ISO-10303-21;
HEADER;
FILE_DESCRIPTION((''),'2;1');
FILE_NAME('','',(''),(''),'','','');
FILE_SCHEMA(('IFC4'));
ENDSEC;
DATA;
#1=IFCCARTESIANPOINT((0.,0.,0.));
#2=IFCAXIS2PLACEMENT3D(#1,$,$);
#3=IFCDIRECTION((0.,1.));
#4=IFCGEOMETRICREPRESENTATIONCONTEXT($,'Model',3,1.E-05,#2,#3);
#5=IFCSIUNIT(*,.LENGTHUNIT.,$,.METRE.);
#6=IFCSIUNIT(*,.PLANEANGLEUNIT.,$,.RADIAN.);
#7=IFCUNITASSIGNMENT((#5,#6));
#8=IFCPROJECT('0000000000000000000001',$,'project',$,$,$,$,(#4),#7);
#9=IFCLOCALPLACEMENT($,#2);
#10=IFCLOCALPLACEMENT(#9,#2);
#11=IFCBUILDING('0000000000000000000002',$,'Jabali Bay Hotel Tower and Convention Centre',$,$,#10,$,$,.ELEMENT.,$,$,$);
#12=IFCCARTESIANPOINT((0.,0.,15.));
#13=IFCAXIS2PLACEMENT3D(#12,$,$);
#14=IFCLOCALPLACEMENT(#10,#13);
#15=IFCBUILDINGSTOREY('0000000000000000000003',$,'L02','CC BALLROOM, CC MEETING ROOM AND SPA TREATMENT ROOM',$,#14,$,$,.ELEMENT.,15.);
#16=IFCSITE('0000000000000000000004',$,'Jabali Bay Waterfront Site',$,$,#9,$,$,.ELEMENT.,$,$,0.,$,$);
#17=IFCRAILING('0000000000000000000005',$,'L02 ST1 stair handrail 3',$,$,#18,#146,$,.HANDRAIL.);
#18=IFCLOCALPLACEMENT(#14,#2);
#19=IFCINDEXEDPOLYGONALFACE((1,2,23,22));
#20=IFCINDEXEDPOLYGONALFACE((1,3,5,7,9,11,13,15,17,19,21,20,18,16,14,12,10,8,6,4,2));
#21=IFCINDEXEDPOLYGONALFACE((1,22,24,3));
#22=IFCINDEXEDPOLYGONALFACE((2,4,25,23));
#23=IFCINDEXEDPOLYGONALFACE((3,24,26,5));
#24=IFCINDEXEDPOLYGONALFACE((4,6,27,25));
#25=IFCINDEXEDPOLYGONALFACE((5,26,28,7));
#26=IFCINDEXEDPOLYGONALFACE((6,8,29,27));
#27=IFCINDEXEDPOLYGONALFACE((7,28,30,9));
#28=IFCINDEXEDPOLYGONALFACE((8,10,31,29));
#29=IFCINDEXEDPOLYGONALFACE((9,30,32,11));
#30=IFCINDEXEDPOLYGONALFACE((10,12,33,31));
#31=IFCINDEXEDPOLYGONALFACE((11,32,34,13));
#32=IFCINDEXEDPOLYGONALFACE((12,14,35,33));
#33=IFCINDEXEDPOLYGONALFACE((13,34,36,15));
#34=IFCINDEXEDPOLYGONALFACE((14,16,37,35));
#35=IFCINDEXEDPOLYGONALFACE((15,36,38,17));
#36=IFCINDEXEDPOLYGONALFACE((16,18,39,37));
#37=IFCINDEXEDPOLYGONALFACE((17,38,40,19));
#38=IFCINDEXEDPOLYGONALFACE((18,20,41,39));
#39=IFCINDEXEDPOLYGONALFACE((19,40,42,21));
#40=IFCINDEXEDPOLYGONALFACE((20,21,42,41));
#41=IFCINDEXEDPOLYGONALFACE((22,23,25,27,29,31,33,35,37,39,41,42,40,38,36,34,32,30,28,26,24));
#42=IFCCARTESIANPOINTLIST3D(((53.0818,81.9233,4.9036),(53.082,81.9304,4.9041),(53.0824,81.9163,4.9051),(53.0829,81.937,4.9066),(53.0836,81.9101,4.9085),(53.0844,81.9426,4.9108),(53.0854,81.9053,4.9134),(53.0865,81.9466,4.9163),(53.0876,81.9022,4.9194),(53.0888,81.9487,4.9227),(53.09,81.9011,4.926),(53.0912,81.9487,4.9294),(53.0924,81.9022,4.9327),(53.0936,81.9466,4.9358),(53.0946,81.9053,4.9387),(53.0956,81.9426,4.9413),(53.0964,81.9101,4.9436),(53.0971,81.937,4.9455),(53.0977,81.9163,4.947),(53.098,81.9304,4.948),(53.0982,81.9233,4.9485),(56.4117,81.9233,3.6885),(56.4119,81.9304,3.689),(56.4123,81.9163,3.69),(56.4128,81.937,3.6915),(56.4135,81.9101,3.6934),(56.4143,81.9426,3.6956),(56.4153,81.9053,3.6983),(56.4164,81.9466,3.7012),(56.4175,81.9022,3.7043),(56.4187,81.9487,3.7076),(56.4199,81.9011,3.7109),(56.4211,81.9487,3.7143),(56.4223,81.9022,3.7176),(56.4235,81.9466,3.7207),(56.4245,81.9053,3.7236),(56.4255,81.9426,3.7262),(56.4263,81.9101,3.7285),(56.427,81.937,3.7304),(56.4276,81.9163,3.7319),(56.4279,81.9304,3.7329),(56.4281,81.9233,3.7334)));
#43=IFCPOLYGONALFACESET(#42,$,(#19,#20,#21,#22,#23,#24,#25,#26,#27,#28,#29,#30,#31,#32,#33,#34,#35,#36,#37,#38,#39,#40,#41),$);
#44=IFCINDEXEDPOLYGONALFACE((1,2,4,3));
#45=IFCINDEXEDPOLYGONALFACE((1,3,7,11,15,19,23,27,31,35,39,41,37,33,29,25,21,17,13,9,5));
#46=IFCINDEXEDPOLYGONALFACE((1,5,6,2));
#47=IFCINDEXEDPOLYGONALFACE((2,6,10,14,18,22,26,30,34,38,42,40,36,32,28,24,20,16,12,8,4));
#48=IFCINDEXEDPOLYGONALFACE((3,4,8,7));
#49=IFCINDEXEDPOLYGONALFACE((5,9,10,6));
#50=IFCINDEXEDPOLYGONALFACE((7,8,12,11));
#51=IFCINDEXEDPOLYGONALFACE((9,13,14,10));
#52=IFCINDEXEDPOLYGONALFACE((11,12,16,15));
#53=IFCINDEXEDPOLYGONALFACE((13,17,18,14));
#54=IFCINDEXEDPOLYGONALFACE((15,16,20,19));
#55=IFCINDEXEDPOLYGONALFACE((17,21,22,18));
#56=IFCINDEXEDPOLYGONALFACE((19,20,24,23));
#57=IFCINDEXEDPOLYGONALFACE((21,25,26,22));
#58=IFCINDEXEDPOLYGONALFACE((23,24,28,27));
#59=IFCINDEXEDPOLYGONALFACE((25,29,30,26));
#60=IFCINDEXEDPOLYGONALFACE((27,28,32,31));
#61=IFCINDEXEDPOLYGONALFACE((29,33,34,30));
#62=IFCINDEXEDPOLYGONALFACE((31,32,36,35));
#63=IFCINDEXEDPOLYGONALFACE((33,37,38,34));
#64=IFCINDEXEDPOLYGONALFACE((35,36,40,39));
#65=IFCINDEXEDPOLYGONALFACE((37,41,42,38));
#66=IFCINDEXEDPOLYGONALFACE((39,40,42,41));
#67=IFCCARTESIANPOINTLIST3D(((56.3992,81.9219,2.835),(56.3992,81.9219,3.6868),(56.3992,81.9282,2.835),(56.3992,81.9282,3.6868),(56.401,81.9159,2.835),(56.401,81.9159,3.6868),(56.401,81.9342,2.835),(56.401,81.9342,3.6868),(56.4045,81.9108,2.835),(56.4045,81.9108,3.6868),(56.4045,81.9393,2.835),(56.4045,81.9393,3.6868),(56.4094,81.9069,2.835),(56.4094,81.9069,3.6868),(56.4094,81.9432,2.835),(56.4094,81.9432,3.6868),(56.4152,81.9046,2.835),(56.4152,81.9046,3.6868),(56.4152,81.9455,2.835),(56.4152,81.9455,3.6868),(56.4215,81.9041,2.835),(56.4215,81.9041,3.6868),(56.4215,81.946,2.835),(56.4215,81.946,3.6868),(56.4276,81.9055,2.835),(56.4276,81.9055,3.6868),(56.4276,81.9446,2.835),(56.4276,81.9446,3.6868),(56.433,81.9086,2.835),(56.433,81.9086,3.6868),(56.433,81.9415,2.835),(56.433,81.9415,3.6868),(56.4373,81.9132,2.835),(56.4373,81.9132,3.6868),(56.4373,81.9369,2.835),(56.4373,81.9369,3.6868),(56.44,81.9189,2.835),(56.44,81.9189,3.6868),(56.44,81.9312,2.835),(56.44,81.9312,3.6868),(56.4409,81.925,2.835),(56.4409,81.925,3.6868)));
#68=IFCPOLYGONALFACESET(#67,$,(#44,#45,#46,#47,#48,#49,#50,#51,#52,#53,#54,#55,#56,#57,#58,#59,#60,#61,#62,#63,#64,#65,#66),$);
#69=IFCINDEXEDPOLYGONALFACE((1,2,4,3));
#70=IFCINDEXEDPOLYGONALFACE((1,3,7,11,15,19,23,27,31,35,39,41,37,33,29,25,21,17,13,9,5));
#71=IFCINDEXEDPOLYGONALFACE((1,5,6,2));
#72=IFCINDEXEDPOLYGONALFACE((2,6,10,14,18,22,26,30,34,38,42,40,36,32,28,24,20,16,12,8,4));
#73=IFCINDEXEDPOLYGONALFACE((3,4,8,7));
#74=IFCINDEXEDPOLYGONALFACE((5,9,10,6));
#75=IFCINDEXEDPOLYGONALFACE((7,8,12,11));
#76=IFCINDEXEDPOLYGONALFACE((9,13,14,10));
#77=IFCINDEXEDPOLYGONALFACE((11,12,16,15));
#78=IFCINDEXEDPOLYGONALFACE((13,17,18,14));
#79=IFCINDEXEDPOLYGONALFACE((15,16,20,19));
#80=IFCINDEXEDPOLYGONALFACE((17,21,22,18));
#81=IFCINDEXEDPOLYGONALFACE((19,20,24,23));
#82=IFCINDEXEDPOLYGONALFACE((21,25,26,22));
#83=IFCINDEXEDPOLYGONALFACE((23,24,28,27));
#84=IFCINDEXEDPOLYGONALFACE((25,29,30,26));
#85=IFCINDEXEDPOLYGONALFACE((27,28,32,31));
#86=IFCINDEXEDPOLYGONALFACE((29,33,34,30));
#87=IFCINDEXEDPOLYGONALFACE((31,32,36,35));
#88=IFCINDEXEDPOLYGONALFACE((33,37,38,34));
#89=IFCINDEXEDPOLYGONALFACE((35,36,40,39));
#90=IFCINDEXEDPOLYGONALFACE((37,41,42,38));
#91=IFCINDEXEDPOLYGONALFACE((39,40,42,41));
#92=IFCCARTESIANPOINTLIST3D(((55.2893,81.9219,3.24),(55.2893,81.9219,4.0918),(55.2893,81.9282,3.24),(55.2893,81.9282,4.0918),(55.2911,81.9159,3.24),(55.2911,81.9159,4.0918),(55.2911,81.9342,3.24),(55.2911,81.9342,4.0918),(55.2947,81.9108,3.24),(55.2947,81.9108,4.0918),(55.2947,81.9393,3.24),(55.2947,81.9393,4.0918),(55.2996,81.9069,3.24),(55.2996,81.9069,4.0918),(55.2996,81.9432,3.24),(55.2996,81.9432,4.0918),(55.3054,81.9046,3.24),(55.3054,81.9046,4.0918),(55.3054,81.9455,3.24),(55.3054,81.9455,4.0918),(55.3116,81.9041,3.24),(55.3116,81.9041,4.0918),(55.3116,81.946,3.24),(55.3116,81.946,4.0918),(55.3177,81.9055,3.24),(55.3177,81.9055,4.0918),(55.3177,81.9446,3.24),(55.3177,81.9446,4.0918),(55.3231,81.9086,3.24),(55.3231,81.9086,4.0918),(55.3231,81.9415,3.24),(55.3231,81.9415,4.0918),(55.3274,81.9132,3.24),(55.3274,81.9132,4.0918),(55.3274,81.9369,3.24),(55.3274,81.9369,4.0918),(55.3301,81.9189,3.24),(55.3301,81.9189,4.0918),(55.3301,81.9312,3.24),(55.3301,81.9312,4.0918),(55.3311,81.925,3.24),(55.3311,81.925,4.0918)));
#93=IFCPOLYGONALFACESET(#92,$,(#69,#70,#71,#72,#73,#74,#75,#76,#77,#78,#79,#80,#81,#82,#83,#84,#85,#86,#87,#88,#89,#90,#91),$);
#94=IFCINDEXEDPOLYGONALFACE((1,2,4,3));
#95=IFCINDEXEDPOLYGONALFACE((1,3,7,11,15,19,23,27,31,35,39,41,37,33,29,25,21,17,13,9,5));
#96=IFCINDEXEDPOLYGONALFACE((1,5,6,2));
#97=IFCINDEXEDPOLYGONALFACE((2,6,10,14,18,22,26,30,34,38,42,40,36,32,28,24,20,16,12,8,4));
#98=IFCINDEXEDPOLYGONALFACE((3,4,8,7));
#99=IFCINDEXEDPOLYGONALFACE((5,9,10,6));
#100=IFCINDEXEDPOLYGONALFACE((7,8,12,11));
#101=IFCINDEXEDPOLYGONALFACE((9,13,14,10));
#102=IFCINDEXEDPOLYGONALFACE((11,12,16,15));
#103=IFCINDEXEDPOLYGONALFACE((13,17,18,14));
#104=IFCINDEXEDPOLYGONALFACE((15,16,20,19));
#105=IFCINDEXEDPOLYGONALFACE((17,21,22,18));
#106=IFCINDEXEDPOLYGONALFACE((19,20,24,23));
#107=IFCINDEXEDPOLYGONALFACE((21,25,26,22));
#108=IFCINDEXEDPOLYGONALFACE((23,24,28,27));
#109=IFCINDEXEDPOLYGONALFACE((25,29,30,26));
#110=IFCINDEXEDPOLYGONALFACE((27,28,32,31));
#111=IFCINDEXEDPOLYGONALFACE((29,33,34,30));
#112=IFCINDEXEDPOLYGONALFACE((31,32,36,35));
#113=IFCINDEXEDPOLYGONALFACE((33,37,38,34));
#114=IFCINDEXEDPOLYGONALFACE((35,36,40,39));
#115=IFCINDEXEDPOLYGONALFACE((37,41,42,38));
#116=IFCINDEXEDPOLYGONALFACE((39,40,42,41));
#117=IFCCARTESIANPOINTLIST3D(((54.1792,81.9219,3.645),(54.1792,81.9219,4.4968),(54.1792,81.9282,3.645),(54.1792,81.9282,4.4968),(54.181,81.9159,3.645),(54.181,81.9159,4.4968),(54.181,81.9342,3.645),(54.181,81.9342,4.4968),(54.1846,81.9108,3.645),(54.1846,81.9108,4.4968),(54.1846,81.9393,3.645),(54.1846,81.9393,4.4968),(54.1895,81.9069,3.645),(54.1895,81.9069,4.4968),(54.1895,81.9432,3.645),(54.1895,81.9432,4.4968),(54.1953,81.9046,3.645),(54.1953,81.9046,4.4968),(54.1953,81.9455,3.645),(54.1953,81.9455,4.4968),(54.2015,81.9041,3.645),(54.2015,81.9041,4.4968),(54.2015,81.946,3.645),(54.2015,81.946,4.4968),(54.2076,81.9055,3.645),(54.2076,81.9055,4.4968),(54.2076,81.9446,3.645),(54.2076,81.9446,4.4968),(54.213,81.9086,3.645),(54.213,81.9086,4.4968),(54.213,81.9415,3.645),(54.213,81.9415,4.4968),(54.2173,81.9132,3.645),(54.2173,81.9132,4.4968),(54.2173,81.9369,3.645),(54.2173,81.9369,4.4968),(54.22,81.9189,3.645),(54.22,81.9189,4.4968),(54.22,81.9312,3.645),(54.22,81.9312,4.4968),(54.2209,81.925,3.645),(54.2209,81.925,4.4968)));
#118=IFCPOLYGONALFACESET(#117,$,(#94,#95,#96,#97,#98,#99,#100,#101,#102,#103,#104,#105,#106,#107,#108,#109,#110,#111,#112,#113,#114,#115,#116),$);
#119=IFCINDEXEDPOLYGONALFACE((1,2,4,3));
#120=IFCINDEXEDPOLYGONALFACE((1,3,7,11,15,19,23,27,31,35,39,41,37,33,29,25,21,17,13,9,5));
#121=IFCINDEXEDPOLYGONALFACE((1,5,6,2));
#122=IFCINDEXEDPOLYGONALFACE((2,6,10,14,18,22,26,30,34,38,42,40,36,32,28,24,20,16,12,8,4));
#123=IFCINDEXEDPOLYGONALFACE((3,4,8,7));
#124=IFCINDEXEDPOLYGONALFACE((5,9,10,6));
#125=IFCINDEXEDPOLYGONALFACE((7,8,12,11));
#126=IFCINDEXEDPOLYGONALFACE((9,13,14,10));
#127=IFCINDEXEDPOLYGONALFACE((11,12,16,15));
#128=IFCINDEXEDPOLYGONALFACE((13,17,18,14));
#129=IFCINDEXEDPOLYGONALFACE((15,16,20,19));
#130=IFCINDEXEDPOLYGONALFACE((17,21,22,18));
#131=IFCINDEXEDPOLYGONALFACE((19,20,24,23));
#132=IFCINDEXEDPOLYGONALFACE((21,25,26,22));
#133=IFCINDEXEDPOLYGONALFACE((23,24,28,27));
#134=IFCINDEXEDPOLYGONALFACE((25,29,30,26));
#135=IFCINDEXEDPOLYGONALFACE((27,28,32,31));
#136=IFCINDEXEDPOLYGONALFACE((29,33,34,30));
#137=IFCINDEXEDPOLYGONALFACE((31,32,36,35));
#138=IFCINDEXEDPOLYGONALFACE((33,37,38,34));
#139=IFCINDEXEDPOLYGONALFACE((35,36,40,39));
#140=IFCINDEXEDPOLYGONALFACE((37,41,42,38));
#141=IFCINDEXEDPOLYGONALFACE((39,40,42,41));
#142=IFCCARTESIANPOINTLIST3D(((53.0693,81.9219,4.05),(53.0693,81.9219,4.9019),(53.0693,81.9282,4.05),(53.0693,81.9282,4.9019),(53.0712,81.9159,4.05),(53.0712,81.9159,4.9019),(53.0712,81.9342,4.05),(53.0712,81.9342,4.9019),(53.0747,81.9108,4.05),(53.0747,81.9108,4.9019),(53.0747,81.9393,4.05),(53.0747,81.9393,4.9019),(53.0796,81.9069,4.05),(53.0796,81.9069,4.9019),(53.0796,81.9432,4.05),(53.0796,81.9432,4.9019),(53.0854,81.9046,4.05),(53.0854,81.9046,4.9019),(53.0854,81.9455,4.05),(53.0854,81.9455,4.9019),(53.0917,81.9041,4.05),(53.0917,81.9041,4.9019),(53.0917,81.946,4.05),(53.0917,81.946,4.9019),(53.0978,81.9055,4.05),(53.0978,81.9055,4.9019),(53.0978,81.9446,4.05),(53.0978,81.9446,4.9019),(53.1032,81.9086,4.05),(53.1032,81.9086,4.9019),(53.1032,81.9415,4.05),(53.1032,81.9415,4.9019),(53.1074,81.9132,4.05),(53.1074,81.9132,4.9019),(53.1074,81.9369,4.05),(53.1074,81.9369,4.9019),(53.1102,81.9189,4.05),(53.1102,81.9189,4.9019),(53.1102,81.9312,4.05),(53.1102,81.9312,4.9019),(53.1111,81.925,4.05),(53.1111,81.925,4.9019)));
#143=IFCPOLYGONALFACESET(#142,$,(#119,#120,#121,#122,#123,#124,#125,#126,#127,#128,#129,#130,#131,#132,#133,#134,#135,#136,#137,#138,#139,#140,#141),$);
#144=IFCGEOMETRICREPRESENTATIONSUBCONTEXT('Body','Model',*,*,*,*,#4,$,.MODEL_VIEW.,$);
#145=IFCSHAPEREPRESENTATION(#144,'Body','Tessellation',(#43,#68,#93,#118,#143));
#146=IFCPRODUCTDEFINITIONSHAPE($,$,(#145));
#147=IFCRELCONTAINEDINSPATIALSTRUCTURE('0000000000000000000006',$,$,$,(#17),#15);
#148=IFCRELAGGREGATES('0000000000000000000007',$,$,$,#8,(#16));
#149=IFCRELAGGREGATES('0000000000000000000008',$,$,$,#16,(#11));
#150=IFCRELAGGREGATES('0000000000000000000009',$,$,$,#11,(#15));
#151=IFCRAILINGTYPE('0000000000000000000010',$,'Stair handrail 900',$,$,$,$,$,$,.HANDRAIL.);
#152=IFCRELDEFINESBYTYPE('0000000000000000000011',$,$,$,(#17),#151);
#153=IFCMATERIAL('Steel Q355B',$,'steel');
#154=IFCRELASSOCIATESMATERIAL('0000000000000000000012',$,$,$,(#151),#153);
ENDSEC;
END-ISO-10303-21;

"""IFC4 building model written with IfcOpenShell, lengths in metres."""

from ifc_helpers import new_model, si_unit, direction, frame, origin, origin_2d, place, context, subcontext, project, spatial, circle, extrude, material, type_object, element, save


model = new_model("IFC4")

# Units and contexts
model_context = context("Model", 3, precision=1e-05, world=origin(), true_north=direction((0.0, 1.0)))
body_context = subcontext(model_context, "Body", "Model", "MODEL_VIEW")
ifc_project = project(units=[si_unit("LENGTHUNIT", "METRE"), si_unit("PLANEANGLEUNIT", "RADIAN")], contexts=[model_context])

# Site, building, storey
site_placement = place(None, origin())
site = spatial("IfcSite", under=ifc_project, at=site_placement, Name="Jabali Bay Waterfront Site", CompositionType="ELEMENT", RefElevation=0.0)
building_placement = place(site_placement, origin())
building = spatial("IfcBuilding", under=site, at=building_placement, Name="Jabali Bay Hotel Tower and Convention Centre", CompositionType="ELEMENT")
storey_placement = place(building_placement, frame((0.0, 0.0, 15.0)))
storey = spatial("IfcBuildingStorey", under=building, at=storey_placement, Name="L02", Description="CC BALLROOM, CC MEETING ROOM AND SPA TREATMENT ROOM", CompositionType="ELEMENT", Elevation=15.0)

# Railing
ifc_material_1 = material(Name="Steel Q355B", Category="steel")
railing_type_1 = type_object("IfcRailingType", Name="Stair handrail 900", PredefinedType="HANDRAIL", material=ifc_material_1)
railing_1_placement = place(storey_placement, frame((56.4199, 81.925, 2.835)))
element("IfcRailing", 1, at=railing_1_placement, inside=storey, type_object=railing_type_1, Name="L02 ST1 stair handrail 3", PredefinedType="HANDRAIL", context=body_context, shape_type="SweptSolid", body=[
    extrude(circle(Radius=0.0239, at=origin_2d()), frame((0.0, 0.0, 0.876), z_axis=(-0.939409, 0.0, 0.342799), x_axis=(0.0, -1.0, 0.0)), (0.0, 0.0, 1.0), 3.5447),
    extrude(circle(Radius=0.021, at=origin_2d()), origin(), (0.0, 0.0, 1.0), 0.8518),
    extrude(circle(Radius=0.021, at=origin_2d()), frame((-1.1099, 0.0, 0.405)), (0.0, 0.0, 1.0), 0.8518),
    extrude(circle(Radius=0.021, at=origin_2d()), frame((-2.22, 0.0, 0.8101)), (0.0, 0.0, 1.0), 0.8518),
    extrude(circle(Radius=0.021, at=origin_2d()), frame((-3.3298, 0.0, 1.2151)), (0.0, 0.0, 1.0), 0.8518),
])

save(model, "model.ifc")
